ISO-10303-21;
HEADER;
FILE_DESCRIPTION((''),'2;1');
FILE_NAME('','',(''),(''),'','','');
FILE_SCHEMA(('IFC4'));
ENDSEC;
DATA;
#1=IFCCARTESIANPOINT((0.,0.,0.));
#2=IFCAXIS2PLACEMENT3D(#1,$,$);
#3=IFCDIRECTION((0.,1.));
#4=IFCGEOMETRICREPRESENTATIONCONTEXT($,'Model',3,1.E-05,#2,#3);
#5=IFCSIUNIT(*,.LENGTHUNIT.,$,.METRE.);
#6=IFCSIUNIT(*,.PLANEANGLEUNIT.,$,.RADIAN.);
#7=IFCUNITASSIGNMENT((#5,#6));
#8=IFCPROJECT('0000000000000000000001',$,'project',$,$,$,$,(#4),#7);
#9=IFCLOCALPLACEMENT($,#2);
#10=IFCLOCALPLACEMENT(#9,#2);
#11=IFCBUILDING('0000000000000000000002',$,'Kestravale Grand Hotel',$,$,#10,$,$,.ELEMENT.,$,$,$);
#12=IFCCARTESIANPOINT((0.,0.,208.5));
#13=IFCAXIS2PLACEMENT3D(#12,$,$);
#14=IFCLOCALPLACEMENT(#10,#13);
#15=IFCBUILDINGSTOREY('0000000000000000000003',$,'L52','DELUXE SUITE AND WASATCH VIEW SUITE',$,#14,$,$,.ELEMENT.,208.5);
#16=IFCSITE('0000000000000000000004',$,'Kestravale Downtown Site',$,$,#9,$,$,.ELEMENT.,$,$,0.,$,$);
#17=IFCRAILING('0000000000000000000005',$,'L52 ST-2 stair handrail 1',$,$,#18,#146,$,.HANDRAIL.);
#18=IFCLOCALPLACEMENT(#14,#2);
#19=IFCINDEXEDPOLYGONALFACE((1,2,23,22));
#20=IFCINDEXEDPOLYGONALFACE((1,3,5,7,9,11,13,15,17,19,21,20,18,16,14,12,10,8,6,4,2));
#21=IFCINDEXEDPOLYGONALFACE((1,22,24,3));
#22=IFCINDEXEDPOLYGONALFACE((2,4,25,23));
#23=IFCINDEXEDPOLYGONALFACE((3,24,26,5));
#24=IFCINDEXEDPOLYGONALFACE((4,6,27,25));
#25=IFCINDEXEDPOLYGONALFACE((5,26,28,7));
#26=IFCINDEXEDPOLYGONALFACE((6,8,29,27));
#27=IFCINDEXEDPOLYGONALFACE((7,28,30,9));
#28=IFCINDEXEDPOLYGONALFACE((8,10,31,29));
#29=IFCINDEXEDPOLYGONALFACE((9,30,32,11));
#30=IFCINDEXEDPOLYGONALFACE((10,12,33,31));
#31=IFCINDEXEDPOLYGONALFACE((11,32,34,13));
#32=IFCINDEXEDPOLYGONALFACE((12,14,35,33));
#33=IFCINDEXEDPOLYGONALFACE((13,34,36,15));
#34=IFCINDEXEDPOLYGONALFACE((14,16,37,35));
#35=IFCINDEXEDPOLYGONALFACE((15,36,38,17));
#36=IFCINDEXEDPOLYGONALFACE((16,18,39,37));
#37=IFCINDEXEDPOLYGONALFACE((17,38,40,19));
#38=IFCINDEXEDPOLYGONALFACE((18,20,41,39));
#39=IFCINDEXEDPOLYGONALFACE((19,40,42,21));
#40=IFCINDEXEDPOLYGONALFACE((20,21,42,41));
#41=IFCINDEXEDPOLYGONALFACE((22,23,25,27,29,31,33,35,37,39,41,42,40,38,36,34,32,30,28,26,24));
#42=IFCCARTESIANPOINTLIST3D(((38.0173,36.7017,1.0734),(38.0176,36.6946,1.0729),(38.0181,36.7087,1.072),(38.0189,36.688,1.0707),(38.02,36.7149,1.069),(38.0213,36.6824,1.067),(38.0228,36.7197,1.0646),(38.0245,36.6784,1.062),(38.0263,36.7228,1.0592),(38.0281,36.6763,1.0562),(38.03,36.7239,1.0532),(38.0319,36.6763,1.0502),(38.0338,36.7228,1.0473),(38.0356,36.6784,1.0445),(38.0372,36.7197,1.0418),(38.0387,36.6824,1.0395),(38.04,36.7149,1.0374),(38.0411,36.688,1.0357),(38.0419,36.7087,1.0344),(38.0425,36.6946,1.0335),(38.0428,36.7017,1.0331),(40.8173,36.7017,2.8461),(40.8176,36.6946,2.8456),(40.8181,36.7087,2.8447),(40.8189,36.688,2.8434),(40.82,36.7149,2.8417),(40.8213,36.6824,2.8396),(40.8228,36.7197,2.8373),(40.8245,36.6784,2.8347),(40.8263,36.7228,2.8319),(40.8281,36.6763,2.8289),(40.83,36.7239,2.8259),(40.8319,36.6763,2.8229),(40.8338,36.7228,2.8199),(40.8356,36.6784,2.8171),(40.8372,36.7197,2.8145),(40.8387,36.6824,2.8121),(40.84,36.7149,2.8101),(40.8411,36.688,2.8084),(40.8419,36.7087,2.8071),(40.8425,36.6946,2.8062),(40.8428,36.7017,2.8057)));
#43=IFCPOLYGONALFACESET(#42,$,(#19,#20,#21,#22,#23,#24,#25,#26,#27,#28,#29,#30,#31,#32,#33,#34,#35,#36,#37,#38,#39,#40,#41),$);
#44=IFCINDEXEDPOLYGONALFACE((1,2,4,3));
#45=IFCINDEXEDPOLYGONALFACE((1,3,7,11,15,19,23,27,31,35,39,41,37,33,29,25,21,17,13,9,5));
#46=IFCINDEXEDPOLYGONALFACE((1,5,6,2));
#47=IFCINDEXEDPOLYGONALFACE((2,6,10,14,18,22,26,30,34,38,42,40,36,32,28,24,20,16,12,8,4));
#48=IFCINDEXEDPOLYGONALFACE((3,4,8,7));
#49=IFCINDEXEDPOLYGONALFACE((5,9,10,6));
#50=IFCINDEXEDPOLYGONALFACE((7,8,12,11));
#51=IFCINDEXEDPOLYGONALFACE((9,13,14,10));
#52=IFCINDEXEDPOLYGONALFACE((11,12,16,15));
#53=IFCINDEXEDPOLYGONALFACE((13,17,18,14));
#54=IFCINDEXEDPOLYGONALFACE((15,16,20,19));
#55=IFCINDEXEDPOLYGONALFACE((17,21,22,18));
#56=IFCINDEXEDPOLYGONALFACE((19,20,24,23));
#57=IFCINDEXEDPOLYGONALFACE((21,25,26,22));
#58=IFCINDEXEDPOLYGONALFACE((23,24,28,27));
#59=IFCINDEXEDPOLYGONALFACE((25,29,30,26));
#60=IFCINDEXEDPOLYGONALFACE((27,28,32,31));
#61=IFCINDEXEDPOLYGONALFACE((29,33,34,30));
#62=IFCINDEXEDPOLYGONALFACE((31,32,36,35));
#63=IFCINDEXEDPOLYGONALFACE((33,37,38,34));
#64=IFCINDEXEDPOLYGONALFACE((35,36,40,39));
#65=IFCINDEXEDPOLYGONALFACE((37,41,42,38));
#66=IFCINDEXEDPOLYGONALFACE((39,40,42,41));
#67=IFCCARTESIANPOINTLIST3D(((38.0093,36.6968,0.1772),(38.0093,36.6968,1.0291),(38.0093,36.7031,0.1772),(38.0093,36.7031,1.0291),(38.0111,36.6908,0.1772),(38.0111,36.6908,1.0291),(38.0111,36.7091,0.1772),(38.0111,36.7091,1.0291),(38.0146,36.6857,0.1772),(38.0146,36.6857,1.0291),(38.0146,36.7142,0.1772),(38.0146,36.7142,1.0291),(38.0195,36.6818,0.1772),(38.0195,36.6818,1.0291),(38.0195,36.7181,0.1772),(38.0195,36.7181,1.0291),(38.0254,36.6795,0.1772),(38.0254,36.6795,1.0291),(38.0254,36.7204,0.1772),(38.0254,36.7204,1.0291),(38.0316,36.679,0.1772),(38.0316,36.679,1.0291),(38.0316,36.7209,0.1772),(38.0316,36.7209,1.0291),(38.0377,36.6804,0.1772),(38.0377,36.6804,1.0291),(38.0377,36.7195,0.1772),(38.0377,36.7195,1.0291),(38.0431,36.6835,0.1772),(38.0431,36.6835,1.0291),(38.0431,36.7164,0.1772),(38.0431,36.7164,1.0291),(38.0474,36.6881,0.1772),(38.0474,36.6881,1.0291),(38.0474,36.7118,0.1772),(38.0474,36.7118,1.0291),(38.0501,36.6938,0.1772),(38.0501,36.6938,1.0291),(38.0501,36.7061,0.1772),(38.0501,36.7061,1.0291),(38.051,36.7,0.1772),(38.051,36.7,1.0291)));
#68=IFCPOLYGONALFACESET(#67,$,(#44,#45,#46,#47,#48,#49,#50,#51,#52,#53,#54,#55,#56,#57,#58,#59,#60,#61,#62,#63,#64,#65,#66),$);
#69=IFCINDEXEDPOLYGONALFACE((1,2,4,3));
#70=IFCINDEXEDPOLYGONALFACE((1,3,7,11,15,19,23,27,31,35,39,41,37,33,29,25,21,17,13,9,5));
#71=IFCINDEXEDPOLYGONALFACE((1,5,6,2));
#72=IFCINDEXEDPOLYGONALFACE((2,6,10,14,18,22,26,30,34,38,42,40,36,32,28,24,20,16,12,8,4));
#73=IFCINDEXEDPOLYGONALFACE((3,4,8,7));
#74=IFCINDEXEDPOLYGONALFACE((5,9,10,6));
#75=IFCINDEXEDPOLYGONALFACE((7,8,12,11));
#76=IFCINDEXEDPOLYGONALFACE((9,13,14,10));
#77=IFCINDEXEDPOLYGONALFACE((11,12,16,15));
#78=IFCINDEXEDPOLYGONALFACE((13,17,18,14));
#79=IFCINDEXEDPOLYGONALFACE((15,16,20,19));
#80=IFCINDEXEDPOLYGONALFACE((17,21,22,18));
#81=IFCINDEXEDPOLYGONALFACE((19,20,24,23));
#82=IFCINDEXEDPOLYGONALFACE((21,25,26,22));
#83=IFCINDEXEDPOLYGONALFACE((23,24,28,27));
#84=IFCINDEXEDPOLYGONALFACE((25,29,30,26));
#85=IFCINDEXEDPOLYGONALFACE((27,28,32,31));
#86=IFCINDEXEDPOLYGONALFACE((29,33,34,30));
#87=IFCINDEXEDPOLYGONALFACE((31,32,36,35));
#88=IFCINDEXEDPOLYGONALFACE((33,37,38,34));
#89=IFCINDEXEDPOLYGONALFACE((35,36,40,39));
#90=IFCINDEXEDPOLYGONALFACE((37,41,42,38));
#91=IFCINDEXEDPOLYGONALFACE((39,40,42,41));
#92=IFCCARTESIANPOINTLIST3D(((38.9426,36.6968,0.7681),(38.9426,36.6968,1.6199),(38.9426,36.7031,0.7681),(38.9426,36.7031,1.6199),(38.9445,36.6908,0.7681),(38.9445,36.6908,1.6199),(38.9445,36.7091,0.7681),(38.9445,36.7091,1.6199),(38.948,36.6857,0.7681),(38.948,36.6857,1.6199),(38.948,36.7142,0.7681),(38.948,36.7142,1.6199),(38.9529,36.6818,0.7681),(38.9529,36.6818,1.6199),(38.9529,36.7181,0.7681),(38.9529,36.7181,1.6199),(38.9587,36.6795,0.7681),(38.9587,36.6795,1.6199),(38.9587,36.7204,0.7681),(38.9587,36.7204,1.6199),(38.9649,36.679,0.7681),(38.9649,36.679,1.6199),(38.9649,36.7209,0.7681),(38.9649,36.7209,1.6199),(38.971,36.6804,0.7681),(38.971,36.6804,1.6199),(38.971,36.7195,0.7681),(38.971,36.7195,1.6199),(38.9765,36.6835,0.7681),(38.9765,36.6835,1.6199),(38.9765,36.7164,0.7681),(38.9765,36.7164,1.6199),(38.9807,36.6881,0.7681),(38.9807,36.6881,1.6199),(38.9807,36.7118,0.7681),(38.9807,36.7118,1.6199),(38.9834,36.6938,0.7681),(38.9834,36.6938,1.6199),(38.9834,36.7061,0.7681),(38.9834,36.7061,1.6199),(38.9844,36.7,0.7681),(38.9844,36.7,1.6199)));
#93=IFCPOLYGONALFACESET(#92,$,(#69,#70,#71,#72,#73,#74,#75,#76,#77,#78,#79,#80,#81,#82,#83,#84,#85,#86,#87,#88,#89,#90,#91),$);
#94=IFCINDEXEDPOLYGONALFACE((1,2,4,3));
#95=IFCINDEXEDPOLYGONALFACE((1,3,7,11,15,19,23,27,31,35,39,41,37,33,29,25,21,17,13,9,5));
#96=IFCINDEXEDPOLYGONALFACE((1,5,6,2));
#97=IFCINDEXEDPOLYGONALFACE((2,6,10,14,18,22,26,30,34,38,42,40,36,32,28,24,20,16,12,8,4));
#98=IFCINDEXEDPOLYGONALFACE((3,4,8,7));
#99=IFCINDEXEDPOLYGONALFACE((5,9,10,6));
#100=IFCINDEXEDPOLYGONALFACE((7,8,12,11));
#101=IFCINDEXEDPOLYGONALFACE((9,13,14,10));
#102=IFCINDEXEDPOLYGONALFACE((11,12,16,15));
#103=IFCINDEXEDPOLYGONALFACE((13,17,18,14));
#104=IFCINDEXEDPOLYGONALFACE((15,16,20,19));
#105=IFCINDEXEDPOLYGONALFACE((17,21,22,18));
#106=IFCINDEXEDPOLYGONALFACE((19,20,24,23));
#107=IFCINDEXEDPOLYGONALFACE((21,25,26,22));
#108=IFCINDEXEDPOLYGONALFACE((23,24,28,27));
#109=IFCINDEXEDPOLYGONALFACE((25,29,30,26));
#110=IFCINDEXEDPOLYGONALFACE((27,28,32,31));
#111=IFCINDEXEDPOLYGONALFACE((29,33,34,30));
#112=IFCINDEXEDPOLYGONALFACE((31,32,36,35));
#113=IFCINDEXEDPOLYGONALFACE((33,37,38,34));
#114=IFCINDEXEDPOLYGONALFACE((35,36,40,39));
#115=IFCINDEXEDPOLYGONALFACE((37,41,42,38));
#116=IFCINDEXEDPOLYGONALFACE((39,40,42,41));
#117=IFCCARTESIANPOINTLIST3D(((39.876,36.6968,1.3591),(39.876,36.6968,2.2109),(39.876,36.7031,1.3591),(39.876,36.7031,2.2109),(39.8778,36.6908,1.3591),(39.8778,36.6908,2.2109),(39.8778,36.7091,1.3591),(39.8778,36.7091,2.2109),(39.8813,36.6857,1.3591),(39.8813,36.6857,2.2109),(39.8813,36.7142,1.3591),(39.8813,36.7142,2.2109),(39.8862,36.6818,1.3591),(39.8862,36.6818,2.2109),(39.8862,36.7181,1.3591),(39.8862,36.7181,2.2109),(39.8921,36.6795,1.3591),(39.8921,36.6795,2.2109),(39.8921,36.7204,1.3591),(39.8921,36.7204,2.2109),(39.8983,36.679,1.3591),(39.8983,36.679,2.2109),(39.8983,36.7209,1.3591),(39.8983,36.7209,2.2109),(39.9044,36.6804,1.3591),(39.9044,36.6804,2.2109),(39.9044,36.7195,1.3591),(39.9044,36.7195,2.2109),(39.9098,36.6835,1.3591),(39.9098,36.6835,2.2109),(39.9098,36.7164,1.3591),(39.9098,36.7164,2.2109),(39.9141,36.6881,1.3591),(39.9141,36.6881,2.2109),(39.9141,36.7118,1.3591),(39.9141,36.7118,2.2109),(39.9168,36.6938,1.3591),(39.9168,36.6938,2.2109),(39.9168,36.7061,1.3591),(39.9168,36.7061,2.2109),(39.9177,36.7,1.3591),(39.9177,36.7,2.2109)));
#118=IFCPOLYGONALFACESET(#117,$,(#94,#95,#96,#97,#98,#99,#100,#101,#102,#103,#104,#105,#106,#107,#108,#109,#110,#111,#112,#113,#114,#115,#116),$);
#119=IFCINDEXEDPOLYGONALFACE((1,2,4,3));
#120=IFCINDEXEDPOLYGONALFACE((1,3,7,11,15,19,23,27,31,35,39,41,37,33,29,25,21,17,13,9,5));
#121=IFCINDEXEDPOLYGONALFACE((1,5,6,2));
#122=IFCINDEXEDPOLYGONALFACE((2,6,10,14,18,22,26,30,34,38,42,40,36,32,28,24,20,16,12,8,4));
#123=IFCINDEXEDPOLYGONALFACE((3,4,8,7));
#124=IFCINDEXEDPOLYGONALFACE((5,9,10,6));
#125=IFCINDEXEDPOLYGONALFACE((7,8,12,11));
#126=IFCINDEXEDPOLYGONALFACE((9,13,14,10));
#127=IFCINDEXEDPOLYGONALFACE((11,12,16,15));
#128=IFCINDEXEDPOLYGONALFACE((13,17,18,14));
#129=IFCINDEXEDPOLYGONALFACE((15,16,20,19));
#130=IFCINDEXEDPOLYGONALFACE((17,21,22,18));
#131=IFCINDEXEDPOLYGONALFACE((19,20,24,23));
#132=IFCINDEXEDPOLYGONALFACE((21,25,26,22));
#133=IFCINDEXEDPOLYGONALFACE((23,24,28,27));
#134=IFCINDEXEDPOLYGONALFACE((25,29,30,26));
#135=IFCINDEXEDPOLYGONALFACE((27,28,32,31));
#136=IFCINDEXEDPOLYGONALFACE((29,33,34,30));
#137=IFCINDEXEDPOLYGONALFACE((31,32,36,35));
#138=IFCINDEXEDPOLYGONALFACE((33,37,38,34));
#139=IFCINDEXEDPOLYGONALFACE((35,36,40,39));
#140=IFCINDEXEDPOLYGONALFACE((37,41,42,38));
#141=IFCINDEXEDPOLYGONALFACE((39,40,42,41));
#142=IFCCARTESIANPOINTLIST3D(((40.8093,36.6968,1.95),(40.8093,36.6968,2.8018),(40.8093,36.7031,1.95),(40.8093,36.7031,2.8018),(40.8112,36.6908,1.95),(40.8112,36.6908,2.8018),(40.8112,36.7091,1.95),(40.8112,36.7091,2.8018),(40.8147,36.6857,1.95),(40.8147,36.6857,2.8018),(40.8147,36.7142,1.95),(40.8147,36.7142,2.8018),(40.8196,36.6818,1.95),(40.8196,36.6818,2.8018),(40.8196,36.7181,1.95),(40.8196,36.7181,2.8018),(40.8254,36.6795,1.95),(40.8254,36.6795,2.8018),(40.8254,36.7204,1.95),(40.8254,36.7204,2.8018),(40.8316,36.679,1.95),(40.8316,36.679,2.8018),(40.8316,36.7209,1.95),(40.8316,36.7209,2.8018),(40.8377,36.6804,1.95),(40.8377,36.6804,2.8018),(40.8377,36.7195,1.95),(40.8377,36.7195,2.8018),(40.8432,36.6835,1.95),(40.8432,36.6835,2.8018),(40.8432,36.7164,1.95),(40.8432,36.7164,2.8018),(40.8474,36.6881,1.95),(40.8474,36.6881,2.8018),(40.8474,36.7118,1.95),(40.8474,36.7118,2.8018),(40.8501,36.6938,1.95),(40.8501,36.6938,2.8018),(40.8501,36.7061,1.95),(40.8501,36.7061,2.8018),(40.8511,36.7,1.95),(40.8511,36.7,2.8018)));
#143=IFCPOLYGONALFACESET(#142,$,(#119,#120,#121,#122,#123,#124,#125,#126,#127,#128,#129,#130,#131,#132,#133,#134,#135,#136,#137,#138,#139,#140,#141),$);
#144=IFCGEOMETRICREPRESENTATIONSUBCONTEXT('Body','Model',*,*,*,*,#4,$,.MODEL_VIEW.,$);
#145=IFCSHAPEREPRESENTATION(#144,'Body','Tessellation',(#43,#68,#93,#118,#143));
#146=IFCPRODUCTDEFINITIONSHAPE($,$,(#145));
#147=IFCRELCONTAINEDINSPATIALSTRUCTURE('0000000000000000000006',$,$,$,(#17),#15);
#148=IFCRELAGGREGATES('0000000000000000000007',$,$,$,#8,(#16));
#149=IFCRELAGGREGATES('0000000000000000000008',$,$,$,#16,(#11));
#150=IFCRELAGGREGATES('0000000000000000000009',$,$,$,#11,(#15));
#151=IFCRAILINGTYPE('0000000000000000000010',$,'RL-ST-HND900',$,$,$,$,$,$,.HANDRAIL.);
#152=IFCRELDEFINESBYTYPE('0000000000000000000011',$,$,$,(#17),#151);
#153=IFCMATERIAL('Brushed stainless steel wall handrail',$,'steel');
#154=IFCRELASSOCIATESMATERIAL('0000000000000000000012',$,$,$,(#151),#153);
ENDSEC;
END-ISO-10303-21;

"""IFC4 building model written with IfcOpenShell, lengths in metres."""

from ifc_helpers import new_model, si_unit, direction, frame, origin, origin_2d, place, context, subcontext, project, spatial, circle, extrude, material, type_object, element, save


model = new_model("IFC4")

# Units and contexts
model_context = context("Model", 3, precision=1e-05, world=origin(), true_north=direction((0.0, 1.0)))
body_context = subcontext(model_context, "Body", "Model", "MODEL_VIEW")
ifc_project = project(units=[si_unit("LENGTHUNIT", "METRE"), si_unit("PLANEANGLEUNIT", "RADIAN")], contexts=[model_context])

# Site, building, storey
site_placement = place(None, origin())
site = spatial("IfcSite", under=ifc_project, at=site_placement, Name="Kestravale Downtown Site", CompositionType="ELEMENT", RefElevation=0.0)
building_placement = place(site_placement, origin())
building = spatial("IfcBuilding", under=site, at=building_placement, Name="Kestravale Grand Hotel", CompositionType="ELEMENT")
storey_placement = place(building_placement, frame((0.0, 0.0, 208.5)))
storey = spatial("IfcBuildingStorey", under=building, at=storey_placement, Name="L52", Description="DELUXE SUITE AND WASATCH VIEW SUITE", CompositionType="ELEMENT", Elevation=208.5)

# Railing
ifc_material_1 = material(Name="Brushed stainless steel wall handrail", Category="steel")
railing_type_1 = type_object("IfcRailingType", Name="RL-ST-HND900", PredefinedType="HANDRAIL", material=ifc_material_1)
railing_1_placement = place(storey_placement, frame((38.03, 36.7, 0.1772)))
element("IfcRailing", 1, at=railing_1_placement, inside=storey, type_object=railing_type_1, Name="L52 ST-2 stair handrail 1", PredefinedType="HANDRAIL", context=body_context, shape_type="SweptSolid", body=[
    extrude(circle(Radius=0.0239, at=origin_2d()), frame((0.0, 0.0, 0.876), z_axis=(0.844909, 0.0, 0.53491), x_axis=(0.0, 1.0, 0.0)), (0.0, 0.0, 1.0), 3.314),
    extrude(circle(Radius=0.021, at=origin_2d()), origin(), (0.0, 0.0, 1.0), 0.8518),
    extrude(circle(Radius=0.021, at=origin_2d()), frame((0.9333, 0.0, 0.5908)), (0.0, 0.0, 1.0), 0.8518),
    extrude(circle(Radius=0.021, at=origin_2d()), frame((1.8667, 0.0, 1.1819)), (0.0, 0.0, 1.0), 0.8518),
    extrude(circle(Radius=0.021, at=origin_2d()), frame((2.8, 0.0, 1.7727)), (0.0, 0.0, 1.0), 0.8518),
])

save(model, "model.ifc")
